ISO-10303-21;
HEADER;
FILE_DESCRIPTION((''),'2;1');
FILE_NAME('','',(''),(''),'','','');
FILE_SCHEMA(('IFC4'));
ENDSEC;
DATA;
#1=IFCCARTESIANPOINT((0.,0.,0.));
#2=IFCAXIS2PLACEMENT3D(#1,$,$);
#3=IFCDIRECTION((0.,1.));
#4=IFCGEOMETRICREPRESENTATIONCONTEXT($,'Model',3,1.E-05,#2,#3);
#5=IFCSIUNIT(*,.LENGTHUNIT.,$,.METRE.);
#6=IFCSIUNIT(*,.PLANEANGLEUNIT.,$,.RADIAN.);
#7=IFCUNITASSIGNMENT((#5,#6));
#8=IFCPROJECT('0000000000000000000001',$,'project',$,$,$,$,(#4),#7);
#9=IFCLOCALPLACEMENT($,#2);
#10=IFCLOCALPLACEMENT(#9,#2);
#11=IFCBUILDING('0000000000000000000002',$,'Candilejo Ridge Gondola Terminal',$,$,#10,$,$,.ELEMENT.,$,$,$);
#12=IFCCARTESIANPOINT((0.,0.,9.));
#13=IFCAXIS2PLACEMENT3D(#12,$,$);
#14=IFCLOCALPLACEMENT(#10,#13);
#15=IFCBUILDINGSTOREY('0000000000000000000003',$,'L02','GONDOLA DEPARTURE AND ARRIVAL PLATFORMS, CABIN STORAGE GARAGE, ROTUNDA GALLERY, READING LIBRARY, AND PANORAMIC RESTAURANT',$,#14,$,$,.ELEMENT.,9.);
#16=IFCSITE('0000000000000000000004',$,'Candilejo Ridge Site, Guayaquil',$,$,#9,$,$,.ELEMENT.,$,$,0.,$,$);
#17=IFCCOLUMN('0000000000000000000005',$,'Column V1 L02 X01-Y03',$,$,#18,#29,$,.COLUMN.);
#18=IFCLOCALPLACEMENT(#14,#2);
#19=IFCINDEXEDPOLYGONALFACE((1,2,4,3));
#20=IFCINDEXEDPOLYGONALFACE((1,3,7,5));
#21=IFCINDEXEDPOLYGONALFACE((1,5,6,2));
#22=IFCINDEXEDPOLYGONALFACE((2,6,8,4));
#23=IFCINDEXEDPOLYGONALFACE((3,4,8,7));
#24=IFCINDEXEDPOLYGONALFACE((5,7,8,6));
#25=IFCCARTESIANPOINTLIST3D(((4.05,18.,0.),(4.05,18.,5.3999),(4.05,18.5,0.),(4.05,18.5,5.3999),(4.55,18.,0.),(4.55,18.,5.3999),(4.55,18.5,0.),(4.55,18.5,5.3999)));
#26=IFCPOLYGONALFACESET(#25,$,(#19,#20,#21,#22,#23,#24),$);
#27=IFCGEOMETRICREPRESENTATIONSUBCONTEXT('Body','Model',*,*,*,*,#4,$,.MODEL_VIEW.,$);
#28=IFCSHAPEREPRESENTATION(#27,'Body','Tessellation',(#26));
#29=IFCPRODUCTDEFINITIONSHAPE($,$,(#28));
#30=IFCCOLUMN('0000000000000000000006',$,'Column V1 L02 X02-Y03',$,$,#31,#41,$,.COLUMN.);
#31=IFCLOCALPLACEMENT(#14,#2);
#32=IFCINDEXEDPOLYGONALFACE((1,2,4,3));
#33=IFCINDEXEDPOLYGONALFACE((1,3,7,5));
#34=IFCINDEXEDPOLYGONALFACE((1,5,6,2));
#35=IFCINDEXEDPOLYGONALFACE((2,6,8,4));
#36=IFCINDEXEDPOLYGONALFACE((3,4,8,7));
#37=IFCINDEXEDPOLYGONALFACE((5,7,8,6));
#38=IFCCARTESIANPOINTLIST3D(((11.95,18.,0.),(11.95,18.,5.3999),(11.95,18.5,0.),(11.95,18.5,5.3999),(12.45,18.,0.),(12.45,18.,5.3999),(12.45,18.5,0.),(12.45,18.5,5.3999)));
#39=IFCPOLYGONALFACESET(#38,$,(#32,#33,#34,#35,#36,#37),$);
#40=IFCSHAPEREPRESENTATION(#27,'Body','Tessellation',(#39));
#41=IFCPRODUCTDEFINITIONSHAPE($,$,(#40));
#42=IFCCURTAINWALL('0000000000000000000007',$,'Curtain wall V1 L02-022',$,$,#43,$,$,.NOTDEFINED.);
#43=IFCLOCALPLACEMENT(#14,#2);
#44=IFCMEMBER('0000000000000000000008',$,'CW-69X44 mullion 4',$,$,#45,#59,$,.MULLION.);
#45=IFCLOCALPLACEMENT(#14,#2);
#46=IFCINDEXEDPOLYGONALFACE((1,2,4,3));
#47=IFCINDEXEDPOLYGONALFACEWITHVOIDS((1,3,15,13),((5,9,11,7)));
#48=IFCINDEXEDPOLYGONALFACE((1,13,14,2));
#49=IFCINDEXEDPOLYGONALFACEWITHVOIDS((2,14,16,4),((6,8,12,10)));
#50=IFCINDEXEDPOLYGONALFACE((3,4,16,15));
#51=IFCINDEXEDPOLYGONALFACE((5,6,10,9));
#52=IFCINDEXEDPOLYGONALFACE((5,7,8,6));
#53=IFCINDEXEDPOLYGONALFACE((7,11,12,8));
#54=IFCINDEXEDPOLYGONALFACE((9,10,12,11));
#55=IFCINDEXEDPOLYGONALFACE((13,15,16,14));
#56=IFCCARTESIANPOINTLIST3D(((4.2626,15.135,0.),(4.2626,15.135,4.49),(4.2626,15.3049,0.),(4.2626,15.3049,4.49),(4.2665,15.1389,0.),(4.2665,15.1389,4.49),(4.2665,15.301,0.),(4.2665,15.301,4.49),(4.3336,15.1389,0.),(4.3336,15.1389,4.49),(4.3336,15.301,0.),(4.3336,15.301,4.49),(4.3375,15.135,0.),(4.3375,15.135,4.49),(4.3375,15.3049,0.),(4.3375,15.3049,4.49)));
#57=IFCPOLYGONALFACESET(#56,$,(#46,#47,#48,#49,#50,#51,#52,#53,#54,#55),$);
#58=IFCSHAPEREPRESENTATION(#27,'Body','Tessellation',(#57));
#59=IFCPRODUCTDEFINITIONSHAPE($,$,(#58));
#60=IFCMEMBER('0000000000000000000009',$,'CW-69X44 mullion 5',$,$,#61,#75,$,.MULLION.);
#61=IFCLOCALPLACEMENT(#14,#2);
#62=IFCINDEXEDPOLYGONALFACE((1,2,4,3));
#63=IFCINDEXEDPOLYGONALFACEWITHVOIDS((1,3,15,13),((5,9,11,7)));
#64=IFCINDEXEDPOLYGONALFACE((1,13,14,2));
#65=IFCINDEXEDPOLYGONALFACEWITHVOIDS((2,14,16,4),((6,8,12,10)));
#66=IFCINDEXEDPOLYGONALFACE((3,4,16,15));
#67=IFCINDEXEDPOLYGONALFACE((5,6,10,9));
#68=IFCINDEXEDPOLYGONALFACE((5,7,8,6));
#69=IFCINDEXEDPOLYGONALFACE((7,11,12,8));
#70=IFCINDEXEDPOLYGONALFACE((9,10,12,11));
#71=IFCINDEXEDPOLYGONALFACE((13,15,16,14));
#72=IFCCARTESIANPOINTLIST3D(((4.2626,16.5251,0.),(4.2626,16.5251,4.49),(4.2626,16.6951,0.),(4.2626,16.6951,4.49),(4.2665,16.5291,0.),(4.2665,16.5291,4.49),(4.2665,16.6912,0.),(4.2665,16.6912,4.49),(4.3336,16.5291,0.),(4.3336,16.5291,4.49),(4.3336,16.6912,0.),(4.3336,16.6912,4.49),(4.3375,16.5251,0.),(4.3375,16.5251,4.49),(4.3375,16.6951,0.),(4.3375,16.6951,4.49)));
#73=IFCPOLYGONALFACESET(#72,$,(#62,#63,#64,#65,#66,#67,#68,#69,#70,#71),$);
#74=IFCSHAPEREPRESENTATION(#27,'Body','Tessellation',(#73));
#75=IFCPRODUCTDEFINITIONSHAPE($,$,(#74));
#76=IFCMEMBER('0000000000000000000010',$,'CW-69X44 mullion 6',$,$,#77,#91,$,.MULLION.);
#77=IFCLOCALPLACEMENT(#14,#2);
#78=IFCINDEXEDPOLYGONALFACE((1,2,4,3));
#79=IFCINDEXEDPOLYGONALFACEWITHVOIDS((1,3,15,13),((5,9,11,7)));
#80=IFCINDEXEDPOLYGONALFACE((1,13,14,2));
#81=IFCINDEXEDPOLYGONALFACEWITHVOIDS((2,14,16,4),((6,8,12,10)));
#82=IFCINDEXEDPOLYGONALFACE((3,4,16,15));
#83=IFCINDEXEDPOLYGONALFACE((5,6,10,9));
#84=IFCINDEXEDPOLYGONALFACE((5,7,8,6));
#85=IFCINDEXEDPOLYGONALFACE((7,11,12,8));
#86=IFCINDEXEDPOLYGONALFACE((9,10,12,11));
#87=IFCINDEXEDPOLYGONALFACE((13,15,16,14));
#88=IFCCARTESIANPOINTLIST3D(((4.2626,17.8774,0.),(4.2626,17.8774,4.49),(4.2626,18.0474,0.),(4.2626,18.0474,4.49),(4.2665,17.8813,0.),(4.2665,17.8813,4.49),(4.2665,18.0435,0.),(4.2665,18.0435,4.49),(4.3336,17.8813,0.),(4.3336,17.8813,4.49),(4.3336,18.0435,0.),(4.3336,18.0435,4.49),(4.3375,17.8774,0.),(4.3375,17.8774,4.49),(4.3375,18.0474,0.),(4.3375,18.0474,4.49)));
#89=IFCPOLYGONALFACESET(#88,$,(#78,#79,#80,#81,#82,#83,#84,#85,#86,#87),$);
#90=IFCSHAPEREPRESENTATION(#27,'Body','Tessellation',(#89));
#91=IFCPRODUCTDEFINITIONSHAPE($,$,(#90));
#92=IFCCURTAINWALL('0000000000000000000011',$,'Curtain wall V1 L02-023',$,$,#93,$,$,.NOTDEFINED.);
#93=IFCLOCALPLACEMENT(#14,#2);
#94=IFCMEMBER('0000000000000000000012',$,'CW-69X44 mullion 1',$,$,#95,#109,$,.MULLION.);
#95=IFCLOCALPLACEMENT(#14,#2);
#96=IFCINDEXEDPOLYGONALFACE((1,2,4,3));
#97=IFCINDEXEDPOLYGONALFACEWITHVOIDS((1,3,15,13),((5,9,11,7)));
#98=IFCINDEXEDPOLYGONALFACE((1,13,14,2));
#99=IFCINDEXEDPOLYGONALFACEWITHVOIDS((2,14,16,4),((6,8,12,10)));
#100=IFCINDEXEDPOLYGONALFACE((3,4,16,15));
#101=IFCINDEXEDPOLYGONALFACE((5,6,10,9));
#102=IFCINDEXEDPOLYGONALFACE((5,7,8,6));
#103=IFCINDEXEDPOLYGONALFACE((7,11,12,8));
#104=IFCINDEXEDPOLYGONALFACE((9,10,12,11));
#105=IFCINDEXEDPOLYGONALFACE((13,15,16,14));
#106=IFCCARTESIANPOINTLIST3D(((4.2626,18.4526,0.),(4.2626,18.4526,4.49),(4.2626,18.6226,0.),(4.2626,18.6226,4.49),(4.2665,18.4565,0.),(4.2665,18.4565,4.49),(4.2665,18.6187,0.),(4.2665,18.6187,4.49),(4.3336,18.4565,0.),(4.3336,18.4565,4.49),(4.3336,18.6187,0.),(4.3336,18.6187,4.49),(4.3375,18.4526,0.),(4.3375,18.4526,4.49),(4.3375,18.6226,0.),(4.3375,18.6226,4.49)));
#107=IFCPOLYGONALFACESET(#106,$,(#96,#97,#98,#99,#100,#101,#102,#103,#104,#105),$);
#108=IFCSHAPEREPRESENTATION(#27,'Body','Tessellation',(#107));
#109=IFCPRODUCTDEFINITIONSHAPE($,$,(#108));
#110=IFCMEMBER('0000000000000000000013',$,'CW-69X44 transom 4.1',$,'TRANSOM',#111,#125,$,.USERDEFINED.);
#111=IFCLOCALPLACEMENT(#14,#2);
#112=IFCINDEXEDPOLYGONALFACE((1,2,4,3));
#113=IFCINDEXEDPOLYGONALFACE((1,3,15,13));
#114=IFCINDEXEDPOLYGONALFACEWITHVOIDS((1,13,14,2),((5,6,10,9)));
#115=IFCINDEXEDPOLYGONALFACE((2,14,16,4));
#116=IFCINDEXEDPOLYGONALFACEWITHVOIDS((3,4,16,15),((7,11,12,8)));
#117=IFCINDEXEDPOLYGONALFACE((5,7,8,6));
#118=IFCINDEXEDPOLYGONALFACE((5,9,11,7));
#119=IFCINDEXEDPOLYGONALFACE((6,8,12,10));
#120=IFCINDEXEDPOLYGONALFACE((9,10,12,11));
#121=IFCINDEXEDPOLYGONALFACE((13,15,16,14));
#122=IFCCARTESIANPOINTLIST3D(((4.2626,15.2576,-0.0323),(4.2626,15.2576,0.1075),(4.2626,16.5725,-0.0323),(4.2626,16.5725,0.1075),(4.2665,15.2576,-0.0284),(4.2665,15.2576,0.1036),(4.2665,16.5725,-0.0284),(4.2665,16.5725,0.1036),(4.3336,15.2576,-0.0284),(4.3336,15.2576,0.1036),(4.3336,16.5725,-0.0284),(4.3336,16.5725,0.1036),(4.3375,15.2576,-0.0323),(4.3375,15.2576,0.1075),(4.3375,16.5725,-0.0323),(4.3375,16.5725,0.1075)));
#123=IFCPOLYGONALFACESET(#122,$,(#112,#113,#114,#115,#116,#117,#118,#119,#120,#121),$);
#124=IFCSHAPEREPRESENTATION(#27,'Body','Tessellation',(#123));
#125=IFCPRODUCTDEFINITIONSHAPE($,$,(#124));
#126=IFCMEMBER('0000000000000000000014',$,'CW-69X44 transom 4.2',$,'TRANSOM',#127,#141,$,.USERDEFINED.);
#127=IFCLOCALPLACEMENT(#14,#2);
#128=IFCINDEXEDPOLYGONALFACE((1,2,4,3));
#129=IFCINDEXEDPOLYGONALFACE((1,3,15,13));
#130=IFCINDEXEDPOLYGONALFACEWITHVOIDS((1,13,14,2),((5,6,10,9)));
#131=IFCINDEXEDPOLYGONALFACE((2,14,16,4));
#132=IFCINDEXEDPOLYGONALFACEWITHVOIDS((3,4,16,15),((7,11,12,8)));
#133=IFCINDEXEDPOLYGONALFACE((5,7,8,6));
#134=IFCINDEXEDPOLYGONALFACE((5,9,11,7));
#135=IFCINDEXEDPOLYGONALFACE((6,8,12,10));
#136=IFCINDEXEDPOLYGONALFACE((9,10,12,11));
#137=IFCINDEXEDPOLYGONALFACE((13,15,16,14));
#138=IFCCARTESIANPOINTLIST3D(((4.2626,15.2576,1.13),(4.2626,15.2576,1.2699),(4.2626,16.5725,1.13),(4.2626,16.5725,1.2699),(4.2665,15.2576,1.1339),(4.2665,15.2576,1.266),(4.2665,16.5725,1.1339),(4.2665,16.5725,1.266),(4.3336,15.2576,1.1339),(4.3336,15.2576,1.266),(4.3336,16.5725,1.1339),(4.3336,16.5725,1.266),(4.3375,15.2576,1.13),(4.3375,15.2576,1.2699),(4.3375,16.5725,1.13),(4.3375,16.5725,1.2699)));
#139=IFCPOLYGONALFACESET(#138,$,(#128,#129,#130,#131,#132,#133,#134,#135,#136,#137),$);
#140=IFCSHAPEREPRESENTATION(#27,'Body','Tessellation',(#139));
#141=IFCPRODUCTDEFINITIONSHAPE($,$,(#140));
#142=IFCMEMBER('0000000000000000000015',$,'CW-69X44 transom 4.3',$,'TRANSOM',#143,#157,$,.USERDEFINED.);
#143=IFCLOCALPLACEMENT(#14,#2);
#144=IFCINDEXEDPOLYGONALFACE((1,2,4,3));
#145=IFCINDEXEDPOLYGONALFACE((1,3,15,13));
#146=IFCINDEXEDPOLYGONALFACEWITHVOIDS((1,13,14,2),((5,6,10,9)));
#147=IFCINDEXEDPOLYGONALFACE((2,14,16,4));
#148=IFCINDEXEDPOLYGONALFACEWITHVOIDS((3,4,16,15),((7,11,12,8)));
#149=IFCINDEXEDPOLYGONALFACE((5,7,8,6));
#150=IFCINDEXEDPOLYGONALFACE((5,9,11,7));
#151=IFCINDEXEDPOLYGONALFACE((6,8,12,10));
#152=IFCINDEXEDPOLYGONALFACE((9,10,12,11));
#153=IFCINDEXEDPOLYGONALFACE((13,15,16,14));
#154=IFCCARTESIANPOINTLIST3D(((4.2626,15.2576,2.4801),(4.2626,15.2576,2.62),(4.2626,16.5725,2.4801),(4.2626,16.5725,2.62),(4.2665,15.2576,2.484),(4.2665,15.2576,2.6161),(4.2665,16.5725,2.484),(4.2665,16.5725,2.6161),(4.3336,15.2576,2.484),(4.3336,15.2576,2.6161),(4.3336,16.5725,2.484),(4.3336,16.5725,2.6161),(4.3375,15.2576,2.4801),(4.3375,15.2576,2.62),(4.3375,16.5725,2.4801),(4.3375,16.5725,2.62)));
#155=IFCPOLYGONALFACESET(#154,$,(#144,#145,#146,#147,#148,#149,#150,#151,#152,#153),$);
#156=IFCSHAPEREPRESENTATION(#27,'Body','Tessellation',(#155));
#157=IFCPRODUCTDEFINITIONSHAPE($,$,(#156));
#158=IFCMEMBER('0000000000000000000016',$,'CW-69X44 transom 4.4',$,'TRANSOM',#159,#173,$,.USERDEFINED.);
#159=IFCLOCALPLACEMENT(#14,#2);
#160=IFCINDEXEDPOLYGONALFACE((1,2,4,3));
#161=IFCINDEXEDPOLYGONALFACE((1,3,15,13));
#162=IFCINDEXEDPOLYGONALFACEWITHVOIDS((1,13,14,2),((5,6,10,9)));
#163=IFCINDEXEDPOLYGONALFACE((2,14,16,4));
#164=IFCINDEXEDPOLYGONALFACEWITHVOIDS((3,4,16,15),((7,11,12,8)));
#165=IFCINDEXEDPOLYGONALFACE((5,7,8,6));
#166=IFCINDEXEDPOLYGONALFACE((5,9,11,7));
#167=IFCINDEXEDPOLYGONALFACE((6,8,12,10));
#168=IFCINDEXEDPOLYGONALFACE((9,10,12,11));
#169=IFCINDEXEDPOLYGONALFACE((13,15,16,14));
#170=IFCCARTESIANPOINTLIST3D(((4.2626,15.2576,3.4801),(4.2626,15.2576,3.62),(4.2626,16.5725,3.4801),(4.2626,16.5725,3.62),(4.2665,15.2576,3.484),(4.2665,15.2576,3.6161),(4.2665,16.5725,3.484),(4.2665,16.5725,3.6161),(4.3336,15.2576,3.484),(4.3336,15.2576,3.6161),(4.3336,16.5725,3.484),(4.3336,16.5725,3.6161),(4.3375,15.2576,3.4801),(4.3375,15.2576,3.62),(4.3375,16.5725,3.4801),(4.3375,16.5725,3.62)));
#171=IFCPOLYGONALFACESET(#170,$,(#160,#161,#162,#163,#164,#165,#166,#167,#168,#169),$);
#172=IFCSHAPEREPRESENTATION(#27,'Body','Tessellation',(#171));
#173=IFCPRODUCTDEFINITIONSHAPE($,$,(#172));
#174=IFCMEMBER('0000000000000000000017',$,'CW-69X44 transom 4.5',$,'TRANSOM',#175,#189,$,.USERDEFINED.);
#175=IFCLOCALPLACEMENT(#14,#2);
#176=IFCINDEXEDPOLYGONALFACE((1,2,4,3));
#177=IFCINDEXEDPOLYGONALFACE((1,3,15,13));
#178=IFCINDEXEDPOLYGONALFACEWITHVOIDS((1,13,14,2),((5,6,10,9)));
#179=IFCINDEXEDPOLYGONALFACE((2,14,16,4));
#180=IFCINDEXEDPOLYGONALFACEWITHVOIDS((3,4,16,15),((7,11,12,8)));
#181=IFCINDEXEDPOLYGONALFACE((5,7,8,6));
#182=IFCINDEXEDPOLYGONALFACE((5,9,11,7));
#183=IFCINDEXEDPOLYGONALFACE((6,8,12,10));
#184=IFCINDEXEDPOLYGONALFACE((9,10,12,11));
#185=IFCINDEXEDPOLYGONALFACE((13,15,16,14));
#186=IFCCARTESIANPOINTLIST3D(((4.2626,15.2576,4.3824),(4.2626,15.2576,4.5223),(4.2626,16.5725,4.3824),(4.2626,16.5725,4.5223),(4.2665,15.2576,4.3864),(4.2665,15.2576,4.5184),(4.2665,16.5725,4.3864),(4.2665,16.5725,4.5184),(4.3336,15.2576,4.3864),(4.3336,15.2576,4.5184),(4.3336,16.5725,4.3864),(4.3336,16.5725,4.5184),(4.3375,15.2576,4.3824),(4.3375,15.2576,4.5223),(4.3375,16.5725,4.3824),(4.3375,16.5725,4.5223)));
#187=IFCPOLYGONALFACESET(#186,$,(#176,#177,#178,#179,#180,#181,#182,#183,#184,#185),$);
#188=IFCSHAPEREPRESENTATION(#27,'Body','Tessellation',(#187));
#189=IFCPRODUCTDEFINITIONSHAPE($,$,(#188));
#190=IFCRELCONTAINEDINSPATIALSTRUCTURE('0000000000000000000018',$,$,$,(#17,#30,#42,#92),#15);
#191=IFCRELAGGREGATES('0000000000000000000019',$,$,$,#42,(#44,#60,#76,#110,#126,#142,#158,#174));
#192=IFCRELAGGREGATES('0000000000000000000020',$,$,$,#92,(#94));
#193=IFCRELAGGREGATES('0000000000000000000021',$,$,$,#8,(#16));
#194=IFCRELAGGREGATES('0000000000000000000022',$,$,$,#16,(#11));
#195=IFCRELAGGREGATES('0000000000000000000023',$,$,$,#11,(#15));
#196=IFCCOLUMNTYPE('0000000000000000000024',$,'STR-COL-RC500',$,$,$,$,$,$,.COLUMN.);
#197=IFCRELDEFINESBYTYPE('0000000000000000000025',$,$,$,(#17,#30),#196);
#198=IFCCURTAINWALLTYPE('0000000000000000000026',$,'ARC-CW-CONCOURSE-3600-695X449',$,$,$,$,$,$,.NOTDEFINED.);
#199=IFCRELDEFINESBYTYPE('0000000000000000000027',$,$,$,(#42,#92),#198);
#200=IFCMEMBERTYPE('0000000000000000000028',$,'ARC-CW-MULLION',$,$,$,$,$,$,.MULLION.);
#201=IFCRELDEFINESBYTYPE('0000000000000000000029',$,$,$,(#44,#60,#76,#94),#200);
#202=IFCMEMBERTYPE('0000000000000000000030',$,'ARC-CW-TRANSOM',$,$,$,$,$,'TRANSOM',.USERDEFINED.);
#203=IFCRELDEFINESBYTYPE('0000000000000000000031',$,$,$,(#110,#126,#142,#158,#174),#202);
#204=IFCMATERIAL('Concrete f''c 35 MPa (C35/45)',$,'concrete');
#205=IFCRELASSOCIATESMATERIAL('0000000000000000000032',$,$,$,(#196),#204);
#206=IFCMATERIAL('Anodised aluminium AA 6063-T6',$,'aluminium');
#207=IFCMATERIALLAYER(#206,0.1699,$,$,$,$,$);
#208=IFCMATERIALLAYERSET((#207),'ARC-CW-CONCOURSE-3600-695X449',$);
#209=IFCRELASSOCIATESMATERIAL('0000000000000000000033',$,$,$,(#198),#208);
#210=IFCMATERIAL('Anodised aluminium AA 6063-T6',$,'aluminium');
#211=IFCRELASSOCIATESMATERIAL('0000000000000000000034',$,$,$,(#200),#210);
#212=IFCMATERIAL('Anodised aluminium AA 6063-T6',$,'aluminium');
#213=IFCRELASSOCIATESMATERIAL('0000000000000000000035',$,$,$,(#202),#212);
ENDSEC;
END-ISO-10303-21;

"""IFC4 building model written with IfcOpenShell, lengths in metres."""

from ifc_helpers import new_model, si_unit, direction, frame, origin, origin_2d, place, context, subcontext, project, spatial, rectangle, hollow_rectangle, extrude, material, layer, layer_set, material_profile, profile_set, type_object, element, aggregate, save


model = new_model("IFC4")

# Units and contexts
model_context = context("Model", 3, precision=1e-05, world=origin(), true_north=direction((0.0, 1.0)))
body_context = subcontext(model_context, "Body", "Model", "MODEL_VIEW")
ifc_project = project(units=[si_unit("LENGTHUNIT", "METRE"), si_unit("PLANEANGLEUNIT", "RADIAN")], contexts=[model_context])

# Site, building, storey
site_placement = place(None, origin())
site = spatial("IfcSite", under=ifc_project, at=site_placement, Name="Candilejo Ridge Site, Guayaquil", CompositionType="ELEMENT", RefElevation=0.0)
building_placement = place(site_placement, origin())
building = spatial("IfcBuilding", under=site, at=building_placement, Name="Candilejo Ridge Gondola Terminal", CompositionType="ELEMENT")
storey_placement = place(building_placement, frame((0.0, 0.0, 9.0)))
storey = spatial("IfcBuildingStorey", under=building, at=storey_placement, Name="L02", Description="GONDOLA DEPARTURE AND ARRIVAL PLATFORMS, CABIN STORAGE GARAGE, ROTUNDA GALLERY, READING LIBRARY, AND PANORAMIC RESTAURANT", CompositionType="ELEMENT", Elevation=9.0)

# Columns
ifc_material_1 = material(Name="Concrete f'c 35 MPa (C35/45)", Category="concrete")
ifc_material_profile_1 = material_profile(ifc_material_1, rectangle(XDim=0.5, YDim=0.5, at=origin_2d()))
ifc_profile_set_1 = profile_set([ifc_material_profile_1], Name="Concrete f'c 35 MPa (C35/45)")
column_type = type_object("IfcColumnType", Name="STR-COL-RC500", PredefinedType="COLUMN", material=ifc_profile_set_1)
for number, where, z_axis, x_axis, name in (
    (1, (4.3, 18.25, 0.0), (0.0, 0.0, 1.0), (1.0, 0.0, 0.0), "Column V1 L02 X01-Y03"),
    (2, (12.2, 18.25, 0.0), (0.0, 0.0, 1.0), (1.0, 0.0, 0.0), "Column V1 L02 X02-Y03"),
):
    element("IfcColumn", number, at=place(storey_placement, frame(where, z_axis=z_axis, x_axis=x_axis)), inside=storey, type_object=column_type, Name=name, PredefinedType="COLUMN", context=body_context, shape_type="SweptSolid", body=[
        extrude(rectangle(XDim=0.5, YDim=0.5, at=origin_2d()), origin(), (0.0, 0.0, 1.0), 5.3999),
    ])

# Curtain wall, members
ifc_material_2 = material(Name="Anodised aluminium AA 6063-T6", Category="aluminium")
ifc_layer_1 = layer(ifc_material_2, 0.1699)
ifc_layer_set_1 = layer_set([ifc_layer_1], Name="ARC-CW-CONCOURSE-3600-695X449")
curtain_wall_type = type_object("IfcCurtainWallType", Name="ARC-CW-CONCOURSE-3600-695X449", PredefinedType="NOTDEFINED", material=ifc_layer_set_1)
curtain_wall_1_placement = place(storey_placement, origin())
curtain_wall_1 = element("IfcCurtainWall", 3, at=curtain_wall_1_placement, inside=storey, type_object=curtain_wall_type, Name="Curtain wall V1 L02-022", PredefinedType="NOTDEFINED")
ifc_material_3 = material(Name="Anodised aluminium AA 6063-T6", Category="aluminium")
ifc_material_profile_2 = material_profile(ifc_material_3, hollow_rectangle(XDim=0.075, YDim=0.1699, WallThickness=0.0039, at=origin_2d()))
ifc_profile_set_2 = profile_set([ifc_material_profile_2], Name="Anodised aluminium AA 6063-T6")
member_type_1 = type_object("IfcMemberType", Name="ARC-CW-MULLION", PredefinedType="MULLION", material=ifc_profile_set_2)
member_1_placement = place(storey_placement, frame((4.3, 15.22, 0.0), z_axis=(0.0, 0.0, 1.0), x_axis=(-1.0, 0.0, 0.0)))
member_1 = element("IfcMember", 4, at=member_1_placement, type_object=member_type_1, Name="CW-69X44 mullion 4", PredefinedType="MULLION", context=body_context, shape_type="SweptSolid", body=[
    extrude(hollow_rectangle(XDim=0.075, YDim=0.1699, WallThickness=0.0039, at=origin_2d()), origin(), (0.0, 0.0, 1.0), 4.49),
])
member_2_placement = place(storey_placement, frame((4.3, 16.6101, 0.0), z_axis=(0.0, 0.0, 1.0), x_axis=(-1.0, 0.0, 0.0)))
member_2 = element("IfcMember", 5, at=member_2_placement, type_object=member_type_1, Name="CW-69X44 mullion 5", PredefinedType="MULLION", context=body_context, shape_type="SweptSolid", body=[
    extrude(hollow_rectangle(XDim=0.075, YDim=0.1699, WallThickness=0.0039, at=origin_2d()), origin(), (0.0, 0.0, 1.0), 4.49),
])
member_3_placement = place(storey_placement, frame((4.3, 17.9624, 0.0), z_axis=(0.0, 0.0, 1.0), x_axis=(-1.0, 0.0, 0.0)))
member_3 = element("IfcMember", 6, at=member_3_placement, type_object=member_type_1, Name="CW-69X44 mullion 6", PredefinedType="MULLION", context=body_context, shape_type="SweptSolid", body=[
    extrude(hollow_rectangle(XDim=0.075, YDim=0.1699, WallThickness=0.0039, at=origin_2d()), origin(), (0.0, 0.0, 1.0), 4.49),
])

# Curtain wall, member
curtain_wall_2_placement = place(storey_placement, origin())
curtain_wall_2 = element("IfcCurtainWall", 7, at=curtain_wall_2_placement, inside=storey, type_object=curtain_wall_type, Name="Curtain wall V1 L02-023", PredefinedType="NOTDEFINED")
member_4_placement = place(storey_placement, frame((4.3, 18.5376, 0.0), z_axis=(0.0, 0.0, 1.0), x_axis=(-1.0, 0.0, 0.0)))
member_4 = element("IfcMember", 8, at=member_4_placement, type_object=member_type_1, Name="CW-69X44 mullion 1", PredefinedType="MULLION", context=body_context, shape_type="SweptSolid", body=[
    extrude(hollow_rectangle(XDim=0.075, YDim=0.1699, WallThickness=0.0039, at=origin_2d()), origin(), (0.0, 0.0, 1.0), 4.49),
])

# Members
ifc_material_4 = material(Name="Anodised aluminium AA 6063-T6", Category="aluminium")
ifc_material_profile_3 = material_profile(ifc_material_4, hollow_rectangle(XDim=0.075, YDim=0.1399, WallThickness=0.0039, at=origin_2d()))
ifc_profile_set_3 = profile_set([ifc_material_profile_3], Name="Anodised aluminium AA 6063-T6")
member_type_2 = type_object("IfcMemberType", Name="ARC-CW-TRANSOM", ElementType="TRANSOM", PredefinedType="USERDEFINED", material=ifc_profile_set_3)
member_5_placement = place(storey_placement, frame((4.3, 15.2576, 0.0376), z_axis=(0.0, 1.0, 0.0), x_axis=(-1.0, 0.0, 0.0)))
member_5 = element("IfcMember", 9, at=member_5_placement, type_object=member_type_2, Name="CW-69X44 transom 4.1", ObjectType="TRANSOM", PredefinedType="USERDEFINED", context=body_context, shape_type="SweptSolid", body=[
    extrude(hollow_rectangle(XDim=0.075, YDim=0.1399, WallThickness=0.0039, at=origin_2d()), origin(), (0.0, 0.0, 1.0), 1.3149),
])
member_6_placement = place(storey_placement, frame((4.3, 15.2576, 1.2), z_axis=(0.0, 1.0, 0.0), x_axis=(-1.0, 0.0, 0.0)))
member_6 = element("IfcMember", 10, at=member_6_placement, type_object=member_type_2, Name="CW-69X44 transom 4.2", ObjectType="TRANSOM", PredefinedType="USERDEFINED", context=body_context, shape_type="SweptSolid", body=[
    extrude(hollow_rectangle(XDim=0.075, YDim=0.1399, WallThickness=0.0039, at=origin_2d()), origin(), (0.0, 0.0, 1.0), 1.3149),
])
member_7_placement = place(storey_placement, frame((4.3, 15.2576, 2.55), z_axis=(0.0, 1.0, 0.0), x_axis=(-1.0, 0.0, 0.0)))
member_7 = element("IfcMember", 11, at=member_7_placement, type_object=member_type_2, Name="CW-69X44 transom 4.3", ObjectType="TRANSOM", PredefinedType="USERDEFINED", context=body_context, shape_type="SweptSolid", body=[
    extrude(hollow_rectangle(XDim=0.075, YDim=0.1399, WallThickness=0.0039, at=origin_2d()), origin(), (0.0, 0.0, 1.0), 1.3149),
])
member_8_placement = place(storey_placement, frame((4.3, 15.2576, 3.55), z_axis=(0.0, 1.0, 0.0), x_axis=(-1.0, 0.0, 0.0)))
member_8 = element("IfcMember", 12, at=member_8_placement, type_object=member_type_2, Name="CW-69X44 transom 4.4", ObjectType="TRANSOM", PredefinedType="USERDEFINED", context=body_context, shape_type="SweptSolid", body=[
    extrude(hollow_rectangle(XDim=0.075, YDim=0.1399, WallThickness=0.0039, at=origin_2d()), origin(), (0.0, 0.0, 1.0), 1.3149),
])
member_9_placement = place(storey_placement, frame((4.3, 15.2576, 4.4524), z_axis=(0.0, 1.0, 0.0), x_axis=(-1.0, 0.0, 0.0)))
member_9 = element("IfcMember", 13, at=member_9_placement, type_object=member_type_2, Name="CW-69X44 transom 4.5", ObjectType="TRANSOM", PredefinedType="USERDEFINED", context=body_context, shape_type="SweptSolid", body=[
    extrude(hollow_rectangle(XDim=0.075, YDim=0.1399, WallThickness=0.0039, at=origin_2d()), origin(), (0.0, 0.0, 1.0), 1.3149),
])

aggregate(curtain_wall_1, [member_1, member_2, member_3, member_5, member_6, member_7, member_8, member_9])
aggregate(curtain_wall_2, [member_4])

save(model, "model.ifc")
